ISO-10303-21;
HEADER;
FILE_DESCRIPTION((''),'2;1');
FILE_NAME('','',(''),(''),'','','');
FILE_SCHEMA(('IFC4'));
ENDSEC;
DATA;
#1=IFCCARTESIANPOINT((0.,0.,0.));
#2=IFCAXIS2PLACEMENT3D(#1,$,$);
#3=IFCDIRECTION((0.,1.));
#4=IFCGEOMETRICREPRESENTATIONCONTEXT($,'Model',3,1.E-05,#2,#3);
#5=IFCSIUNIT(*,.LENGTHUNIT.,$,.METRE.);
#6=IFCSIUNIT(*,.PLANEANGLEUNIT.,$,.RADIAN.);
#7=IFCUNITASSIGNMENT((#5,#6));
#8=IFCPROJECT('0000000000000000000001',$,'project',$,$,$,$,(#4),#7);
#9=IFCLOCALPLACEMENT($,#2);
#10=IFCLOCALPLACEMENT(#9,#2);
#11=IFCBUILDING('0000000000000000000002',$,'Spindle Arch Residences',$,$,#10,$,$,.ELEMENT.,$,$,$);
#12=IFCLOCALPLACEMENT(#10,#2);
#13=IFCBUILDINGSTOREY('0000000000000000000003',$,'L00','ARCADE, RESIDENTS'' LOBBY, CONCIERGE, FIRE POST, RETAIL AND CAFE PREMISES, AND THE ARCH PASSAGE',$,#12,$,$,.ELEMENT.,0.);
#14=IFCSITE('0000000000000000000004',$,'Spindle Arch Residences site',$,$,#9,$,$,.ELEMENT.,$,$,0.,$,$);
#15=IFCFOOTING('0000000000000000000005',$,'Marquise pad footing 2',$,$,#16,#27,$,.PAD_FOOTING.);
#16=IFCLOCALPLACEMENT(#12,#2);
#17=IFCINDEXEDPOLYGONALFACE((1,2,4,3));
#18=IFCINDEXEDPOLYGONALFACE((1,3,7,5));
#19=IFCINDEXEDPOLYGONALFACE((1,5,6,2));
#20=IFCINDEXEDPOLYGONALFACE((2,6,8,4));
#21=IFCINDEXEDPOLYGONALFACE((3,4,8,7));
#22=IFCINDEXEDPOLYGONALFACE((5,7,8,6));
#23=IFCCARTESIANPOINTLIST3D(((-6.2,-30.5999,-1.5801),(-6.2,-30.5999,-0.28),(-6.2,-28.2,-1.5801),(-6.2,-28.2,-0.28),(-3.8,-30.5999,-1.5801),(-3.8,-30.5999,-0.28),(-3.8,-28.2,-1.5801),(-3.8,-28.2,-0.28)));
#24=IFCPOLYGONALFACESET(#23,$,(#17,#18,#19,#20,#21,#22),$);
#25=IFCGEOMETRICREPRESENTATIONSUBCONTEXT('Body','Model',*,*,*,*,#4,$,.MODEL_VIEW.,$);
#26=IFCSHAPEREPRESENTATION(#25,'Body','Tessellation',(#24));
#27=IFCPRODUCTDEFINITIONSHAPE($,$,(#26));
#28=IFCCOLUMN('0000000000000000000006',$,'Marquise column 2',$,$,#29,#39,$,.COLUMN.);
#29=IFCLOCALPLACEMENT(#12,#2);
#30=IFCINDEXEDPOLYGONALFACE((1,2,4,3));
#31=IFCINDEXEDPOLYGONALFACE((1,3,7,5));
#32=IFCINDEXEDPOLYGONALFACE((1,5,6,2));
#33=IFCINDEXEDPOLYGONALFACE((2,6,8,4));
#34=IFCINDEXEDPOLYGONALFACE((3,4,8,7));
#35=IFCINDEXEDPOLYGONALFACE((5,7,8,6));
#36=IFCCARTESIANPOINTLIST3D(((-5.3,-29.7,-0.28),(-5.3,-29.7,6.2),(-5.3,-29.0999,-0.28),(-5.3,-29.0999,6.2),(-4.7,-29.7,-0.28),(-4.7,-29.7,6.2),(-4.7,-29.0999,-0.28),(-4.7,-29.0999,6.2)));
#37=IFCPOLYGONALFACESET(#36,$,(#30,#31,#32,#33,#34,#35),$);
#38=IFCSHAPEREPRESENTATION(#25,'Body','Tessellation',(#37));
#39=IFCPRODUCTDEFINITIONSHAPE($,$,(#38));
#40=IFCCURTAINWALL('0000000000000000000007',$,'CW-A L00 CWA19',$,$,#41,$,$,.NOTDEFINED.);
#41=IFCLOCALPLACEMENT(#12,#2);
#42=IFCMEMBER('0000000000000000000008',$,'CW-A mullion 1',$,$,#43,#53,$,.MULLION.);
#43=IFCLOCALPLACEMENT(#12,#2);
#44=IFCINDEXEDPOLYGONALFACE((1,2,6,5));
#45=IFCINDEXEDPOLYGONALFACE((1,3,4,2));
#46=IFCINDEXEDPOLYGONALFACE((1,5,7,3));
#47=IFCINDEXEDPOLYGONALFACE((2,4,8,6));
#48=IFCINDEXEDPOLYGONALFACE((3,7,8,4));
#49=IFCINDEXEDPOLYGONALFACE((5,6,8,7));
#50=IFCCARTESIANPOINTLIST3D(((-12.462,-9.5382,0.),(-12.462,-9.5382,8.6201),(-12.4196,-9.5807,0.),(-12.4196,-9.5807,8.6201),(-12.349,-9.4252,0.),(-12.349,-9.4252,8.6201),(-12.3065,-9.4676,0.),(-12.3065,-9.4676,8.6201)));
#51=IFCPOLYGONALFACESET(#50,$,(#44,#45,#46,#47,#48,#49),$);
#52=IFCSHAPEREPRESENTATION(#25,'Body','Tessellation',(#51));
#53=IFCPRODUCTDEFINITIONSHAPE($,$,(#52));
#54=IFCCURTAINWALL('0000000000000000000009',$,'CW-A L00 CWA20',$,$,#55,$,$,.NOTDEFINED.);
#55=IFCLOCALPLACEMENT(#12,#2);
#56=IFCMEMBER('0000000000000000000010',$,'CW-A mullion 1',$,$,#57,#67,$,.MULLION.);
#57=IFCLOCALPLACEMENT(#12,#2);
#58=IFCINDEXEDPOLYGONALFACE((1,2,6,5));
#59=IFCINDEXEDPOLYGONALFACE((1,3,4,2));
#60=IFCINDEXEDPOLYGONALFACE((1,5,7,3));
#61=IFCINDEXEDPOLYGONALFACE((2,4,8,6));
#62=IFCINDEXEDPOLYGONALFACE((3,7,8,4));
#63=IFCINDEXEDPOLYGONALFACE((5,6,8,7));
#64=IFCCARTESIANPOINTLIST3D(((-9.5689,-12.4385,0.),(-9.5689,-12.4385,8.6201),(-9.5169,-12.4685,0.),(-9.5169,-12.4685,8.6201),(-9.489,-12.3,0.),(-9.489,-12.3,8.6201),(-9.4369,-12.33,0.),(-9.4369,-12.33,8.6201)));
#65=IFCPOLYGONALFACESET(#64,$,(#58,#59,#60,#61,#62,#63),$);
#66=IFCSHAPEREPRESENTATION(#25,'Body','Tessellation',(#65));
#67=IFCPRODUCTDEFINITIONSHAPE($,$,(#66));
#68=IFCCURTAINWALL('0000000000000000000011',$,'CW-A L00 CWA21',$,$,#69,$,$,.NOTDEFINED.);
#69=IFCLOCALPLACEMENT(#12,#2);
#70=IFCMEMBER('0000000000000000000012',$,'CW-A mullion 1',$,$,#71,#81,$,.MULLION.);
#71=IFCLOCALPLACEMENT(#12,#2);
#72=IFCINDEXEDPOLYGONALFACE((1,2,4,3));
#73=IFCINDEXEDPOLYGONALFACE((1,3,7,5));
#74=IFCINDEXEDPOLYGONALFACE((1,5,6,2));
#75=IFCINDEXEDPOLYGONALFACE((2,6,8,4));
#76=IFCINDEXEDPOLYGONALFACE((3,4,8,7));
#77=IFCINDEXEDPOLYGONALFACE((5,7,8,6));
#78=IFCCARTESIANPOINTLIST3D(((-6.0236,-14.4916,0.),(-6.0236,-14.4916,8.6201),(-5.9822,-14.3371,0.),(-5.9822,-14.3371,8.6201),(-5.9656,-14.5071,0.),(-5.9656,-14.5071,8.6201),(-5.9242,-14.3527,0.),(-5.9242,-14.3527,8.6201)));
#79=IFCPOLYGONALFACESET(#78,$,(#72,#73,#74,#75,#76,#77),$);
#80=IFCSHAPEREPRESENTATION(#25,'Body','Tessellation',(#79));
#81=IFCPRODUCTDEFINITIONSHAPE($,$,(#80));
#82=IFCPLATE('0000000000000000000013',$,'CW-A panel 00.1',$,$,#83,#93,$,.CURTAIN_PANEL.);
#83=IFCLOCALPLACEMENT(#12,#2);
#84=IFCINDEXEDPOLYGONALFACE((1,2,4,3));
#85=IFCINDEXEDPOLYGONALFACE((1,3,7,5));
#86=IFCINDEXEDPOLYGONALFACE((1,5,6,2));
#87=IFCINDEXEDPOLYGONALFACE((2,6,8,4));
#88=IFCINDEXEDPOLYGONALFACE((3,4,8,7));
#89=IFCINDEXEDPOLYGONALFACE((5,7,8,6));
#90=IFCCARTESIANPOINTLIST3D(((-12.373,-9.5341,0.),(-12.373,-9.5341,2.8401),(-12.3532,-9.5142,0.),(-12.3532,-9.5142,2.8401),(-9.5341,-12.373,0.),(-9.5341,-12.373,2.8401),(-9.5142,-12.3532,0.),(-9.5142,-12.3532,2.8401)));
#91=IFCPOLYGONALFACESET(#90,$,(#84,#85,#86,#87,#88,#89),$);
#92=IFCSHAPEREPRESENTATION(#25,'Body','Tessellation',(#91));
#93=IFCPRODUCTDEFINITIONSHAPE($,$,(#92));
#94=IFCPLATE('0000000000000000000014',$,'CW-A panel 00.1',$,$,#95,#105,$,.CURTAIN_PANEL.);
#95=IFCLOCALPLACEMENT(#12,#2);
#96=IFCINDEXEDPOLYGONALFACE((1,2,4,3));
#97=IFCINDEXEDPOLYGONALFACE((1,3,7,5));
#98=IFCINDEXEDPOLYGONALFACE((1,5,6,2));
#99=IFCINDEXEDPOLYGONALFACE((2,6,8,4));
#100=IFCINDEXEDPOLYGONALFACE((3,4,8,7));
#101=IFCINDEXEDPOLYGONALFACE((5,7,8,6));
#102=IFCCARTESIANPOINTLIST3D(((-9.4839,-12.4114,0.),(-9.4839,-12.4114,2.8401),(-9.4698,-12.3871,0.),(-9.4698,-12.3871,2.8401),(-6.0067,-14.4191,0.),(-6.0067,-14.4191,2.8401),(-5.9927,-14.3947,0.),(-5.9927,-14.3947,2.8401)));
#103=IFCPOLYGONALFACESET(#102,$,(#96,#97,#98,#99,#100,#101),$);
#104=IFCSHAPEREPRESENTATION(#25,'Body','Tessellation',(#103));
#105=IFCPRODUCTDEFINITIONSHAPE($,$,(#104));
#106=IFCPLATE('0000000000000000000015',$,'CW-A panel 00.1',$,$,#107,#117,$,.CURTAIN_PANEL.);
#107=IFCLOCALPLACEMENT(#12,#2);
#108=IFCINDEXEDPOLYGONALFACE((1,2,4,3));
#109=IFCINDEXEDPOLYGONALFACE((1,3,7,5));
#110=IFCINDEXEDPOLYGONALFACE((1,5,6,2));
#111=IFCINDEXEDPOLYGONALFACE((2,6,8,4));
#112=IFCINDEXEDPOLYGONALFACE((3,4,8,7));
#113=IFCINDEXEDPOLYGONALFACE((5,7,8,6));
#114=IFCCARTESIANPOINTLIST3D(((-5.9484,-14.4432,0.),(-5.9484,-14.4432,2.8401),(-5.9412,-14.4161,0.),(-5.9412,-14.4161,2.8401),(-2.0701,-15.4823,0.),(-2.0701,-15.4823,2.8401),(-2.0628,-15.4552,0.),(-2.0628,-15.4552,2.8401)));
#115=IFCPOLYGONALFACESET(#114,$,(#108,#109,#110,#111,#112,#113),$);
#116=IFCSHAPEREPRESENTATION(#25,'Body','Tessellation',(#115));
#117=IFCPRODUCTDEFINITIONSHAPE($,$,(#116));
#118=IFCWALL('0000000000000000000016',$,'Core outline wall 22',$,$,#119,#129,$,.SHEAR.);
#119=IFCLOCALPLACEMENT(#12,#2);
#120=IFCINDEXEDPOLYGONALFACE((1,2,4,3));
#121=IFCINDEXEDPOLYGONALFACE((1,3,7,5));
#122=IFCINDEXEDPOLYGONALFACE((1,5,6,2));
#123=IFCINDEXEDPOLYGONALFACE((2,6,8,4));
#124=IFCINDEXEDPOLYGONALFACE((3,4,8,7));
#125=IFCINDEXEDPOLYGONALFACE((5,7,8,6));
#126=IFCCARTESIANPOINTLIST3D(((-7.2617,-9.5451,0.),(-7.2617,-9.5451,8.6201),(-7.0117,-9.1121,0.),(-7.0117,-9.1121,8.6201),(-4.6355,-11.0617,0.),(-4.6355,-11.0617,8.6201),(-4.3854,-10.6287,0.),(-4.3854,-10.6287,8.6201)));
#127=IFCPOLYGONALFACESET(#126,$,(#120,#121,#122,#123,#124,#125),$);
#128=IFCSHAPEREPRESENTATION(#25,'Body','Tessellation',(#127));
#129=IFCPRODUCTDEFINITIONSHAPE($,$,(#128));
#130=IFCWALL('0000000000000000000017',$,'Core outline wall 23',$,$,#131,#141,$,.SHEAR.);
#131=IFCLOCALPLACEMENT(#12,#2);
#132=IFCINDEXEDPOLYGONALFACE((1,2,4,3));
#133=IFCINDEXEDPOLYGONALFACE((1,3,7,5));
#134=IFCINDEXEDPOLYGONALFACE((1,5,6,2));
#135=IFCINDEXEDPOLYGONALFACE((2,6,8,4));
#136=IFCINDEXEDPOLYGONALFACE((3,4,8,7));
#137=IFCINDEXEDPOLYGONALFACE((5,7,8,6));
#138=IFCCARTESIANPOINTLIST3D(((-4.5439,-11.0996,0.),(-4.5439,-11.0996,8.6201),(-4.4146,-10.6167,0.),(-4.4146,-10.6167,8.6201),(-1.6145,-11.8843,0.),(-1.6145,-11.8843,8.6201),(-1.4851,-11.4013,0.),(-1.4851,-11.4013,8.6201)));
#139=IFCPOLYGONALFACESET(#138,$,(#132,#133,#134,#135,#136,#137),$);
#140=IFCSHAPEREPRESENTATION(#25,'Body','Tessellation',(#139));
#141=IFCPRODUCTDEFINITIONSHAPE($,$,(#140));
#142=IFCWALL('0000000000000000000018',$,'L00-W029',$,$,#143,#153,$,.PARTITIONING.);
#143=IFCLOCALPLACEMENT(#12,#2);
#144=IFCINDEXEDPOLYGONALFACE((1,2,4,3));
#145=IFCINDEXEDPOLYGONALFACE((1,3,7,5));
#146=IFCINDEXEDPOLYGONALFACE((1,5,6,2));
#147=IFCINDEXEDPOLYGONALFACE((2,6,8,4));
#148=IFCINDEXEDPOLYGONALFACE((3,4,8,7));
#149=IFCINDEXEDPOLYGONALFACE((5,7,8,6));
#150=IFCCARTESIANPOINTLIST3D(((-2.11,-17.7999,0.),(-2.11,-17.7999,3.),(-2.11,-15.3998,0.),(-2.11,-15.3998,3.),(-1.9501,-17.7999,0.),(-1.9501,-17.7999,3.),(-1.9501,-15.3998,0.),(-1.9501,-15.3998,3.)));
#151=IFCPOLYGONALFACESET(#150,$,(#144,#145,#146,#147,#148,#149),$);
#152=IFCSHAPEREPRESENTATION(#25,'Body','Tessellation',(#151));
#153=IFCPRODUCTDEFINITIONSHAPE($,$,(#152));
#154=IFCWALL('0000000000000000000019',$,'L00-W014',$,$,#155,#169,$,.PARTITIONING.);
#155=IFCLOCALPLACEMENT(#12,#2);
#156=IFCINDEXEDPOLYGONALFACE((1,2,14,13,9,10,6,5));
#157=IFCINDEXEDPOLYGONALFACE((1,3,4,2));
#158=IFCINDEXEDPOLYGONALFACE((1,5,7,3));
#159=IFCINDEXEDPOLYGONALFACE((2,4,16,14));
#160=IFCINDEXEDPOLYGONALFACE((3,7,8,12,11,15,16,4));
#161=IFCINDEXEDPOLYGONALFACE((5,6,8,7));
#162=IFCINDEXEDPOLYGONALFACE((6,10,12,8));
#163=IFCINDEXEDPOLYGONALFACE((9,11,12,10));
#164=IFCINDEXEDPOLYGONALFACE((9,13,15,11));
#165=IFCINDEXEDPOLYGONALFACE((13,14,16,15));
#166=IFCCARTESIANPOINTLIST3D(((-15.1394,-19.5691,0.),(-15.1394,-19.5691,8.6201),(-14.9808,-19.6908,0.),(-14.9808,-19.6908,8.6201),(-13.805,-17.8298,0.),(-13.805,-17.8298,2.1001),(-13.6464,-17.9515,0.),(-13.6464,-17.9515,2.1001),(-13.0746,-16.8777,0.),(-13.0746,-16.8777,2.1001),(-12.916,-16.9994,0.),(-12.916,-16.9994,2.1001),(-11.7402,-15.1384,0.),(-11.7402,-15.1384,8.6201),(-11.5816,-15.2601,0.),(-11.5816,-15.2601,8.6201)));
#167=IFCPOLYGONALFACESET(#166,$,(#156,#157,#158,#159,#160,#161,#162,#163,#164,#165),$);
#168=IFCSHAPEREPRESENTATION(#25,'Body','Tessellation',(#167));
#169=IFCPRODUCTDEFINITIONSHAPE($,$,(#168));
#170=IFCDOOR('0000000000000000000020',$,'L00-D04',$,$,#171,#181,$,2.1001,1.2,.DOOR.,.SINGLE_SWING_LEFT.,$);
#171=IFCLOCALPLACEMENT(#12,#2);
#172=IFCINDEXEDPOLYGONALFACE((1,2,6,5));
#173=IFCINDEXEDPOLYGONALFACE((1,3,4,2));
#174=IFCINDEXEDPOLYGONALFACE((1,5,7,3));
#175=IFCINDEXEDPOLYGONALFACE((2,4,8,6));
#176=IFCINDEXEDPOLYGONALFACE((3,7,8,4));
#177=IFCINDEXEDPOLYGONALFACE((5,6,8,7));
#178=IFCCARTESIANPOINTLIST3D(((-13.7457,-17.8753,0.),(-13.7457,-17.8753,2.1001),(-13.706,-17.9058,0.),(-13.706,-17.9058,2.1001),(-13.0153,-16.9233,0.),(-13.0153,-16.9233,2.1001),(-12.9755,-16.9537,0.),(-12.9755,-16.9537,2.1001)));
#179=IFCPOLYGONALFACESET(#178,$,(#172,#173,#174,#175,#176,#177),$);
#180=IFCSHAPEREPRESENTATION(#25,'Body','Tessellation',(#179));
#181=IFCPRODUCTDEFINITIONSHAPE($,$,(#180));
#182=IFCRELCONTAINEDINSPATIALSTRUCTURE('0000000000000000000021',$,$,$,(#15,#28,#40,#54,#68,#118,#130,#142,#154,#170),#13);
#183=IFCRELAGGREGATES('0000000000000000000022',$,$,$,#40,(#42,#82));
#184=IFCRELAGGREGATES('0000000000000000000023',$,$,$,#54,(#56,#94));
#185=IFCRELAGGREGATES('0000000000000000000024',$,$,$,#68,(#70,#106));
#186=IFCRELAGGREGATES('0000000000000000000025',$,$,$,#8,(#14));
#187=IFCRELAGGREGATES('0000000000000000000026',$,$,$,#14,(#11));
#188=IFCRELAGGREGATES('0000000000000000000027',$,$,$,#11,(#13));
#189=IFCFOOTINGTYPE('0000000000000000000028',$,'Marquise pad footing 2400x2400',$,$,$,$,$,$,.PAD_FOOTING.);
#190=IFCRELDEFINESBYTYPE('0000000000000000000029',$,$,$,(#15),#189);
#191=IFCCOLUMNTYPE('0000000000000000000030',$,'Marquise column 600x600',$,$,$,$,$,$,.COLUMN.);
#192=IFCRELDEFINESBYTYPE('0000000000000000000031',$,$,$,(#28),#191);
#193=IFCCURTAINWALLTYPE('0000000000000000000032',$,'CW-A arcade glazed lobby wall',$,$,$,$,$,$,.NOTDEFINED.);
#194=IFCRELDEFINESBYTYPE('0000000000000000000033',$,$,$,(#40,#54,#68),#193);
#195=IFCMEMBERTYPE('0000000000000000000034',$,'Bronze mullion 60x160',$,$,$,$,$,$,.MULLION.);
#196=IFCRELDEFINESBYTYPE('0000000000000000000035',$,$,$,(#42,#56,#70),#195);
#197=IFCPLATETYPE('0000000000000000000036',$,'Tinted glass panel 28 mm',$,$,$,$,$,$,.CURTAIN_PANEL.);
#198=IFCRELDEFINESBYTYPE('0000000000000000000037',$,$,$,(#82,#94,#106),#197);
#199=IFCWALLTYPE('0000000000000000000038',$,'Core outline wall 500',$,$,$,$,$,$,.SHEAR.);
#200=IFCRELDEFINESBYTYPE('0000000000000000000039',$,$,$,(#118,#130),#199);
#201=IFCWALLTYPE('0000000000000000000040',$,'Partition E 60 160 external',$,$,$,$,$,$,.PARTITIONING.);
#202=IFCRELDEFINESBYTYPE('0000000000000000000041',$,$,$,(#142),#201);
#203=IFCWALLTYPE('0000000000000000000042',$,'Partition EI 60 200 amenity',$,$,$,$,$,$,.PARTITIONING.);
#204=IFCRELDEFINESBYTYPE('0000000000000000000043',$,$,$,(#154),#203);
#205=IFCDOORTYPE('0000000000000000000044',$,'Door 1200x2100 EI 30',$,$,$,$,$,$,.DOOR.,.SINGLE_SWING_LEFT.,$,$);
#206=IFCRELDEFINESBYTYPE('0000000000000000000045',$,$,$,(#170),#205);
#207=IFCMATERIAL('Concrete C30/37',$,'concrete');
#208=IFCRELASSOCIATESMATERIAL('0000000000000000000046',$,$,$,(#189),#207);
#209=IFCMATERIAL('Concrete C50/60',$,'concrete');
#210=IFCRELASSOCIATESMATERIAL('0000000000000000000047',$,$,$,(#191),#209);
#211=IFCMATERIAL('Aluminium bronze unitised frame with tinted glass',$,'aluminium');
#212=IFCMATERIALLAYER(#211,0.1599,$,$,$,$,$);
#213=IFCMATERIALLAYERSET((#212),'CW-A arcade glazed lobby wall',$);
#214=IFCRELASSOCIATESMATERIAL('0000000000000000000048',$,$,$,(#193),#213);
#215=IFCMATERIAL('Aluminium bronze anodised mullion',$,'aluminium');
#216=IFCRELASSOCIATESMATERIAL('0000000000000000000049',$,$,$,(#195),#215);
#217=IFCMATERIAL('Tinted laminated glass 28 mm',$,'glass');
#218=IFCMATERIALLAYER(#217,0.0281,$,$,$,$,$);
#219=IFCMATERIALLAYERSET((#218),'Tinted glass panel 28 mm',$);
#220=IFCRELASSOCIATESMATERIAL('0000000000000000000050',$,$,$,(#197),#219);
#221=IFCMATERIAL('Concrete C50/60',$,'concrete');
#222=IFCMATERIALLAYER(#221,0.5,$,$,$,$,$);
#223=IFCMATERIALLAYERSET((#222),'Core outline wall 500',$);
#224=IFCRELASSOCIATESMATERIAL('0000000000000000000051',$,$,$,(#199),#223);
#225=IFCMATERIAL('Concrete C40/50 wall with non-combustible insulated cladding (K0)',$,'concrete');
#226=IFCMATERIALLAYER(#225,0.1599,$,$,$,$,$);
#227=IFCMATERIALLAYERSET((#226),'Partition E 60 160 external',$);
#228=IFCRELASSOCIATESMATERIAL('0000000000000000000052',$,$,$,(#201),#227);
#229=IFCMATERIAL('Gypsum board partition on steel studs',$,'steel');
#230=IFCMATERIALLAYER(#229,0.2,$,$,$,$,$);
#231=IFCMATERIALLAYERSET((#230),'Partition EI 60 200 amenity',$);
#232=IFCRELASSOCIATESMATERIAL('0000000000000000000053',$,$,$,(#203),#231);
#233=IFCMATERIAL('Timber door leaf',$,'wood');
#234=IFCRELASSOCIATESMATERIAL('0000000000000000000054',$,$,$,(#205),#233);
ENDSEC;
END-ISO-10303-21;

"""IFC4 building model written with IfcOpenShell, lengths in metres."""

from ifc_helpers import new_model, si_unit, direction, frame, frame_2d, origin, origin_2d, place, context, subcontext, project, spatial, rectangle, extrude, material, layer, layer_set, material_profile, profile_set, type_object, element, fill, aggregate, save


model = new_model("IFC4")

# Units and contexts
model_context = context("Model", 3, precision=1e-05, world=origin(), true_north=direction((0.0, 1.0)))
body_context = subcontext(model_context, "Body", "Model", "MODEL_VIEW")
ifc_project = project(units=[si_unit("LENGTHUNIT", "METRE"), si_unit("PLANEANGLEUNIT", "RADIAN")], contexts=[model_context])

# Site, building, storey
site_placement = place(None, origin())
site = spatial("IfcSite", under=ifc_project, at=site_placement, Name="Spindle Arch Residences site", CompositionType="ELEMENT", RefElevation=0.0)
building_placement = place(site_placement, origin())
building = spatial("IfcBuilding", under=site, at=building_placement, Name="Spindle Arch Residences", CompositionType="ELEMENT")
storey_placement = place(building_placement, origin())
storey = spatial("IfcBuildingStorey", under=building, at=storey_placement, Name="L00", Description="ARCADE, RESIDENTS' LOBBY, CONCIERGE, FIRE POST, RETAIL AND CAFE PREMISES, AND THE ARCH PASSAGE", CompositionType="ELEMENT", Elevation=0.0)

# Footing
ifc_material_1 = material(Name="Concrete C30/37", Category="concrete")
footing_type = type_object("IfcFootingType", Name="Marquise pad footing 2400x2400", PredefinedType="PAD_FOOTING", material=ifc_material_1)
footing_placement = place(storey_placement, frame((-5.0, -29.3999, -1.5801), z_axis=(0.0, 0.0, 1.0), x_axis=(1.0, 0.0, 0.0)))
element("IfcFooting", 1, at=footing_placement, inside=storey, type_object=footing_type, Name="Marquise pad footing 2", PredefinedType="PAD_FOOTING", context=body_context, shape_type="SweptSolid", body=[
    extrude(rectangle(XDim=2.3999, YDim=2.3999, at=origin_2d()), origin(), (0.0, 0.0, 1.0), 1.3),
])

# Column
ifc_material_2 = material(Name="Concrete C50/60", Category="concrete")
ifc_material_profile_1 = material_profile(ifc_material_2, rectangle(XDim=0.6001, YDim=0.6001, at=origin_2d()), Name="RC 600x600")
ifc_profile_set_1 = profile_set([ifc_material_profile_1], Name="Concrete C50/60")
column_type = type_object("IfcColumnType", Name="Marquise column 600x600", PredefinedType="COLUMN", material=ifc_profile_set_1)
column_placement = place(storey_placement, frame((-5.0, -29.3999, -0.28), z_axis=(0.0, 0.0, 1.0), x_axis=(1.0, 0.0, 0.0)))
element("IfcColumn", 2, at=column_placement, inside=storey, type_object=column_type, Name="Marquise column 2", PredefinedType="COLUMN", context=body_context, shape_type="SweptSolid", body=[
    extrude(rectangle(XDim=0.6001, YDim=0.6001, at=origin_2d()), origin(), (0.0, 0.0, 1.0), 6.48),
])

# Curtain walls, members
ifc_material_3 = material(Name="Aluminium bronze unitised frame with tinted glass", Category="aluminium")
ifc_layer_1 = layer(ifc_material_3, 0.1599)
ifc_layer_set_1 = layer_set([ifc_layer_1], Name="CW-A arcade glazed lobby wall")
curtain_wall_type = type_object("IfcCurtainWallType", Name="CW-A arcade glazed lobby wall", PredefinedType="NOTDEFINED", material=ifc_layer_set_1)
curtain_wall_1_placement = place(storey_placement, origin())
curtain_wall_1 = element("IfcCurtainWall", 3, at=curtain_wall_1_placement, inside=storey, type_object=curtain_wall_type, Name="CW-A L00 CWA19", PredefinedType="NOTDEFINED")
ifc_material_4 = material(Name="Aluminium bronze anodised mullion", Category="aluminium")
ifc_material_profile_2 = material_profile(ifc_material_4, rectangle(XDim=0.1599, YDim=0.0601, at=origin_2d()), Name="MU 60x160")
ifc_profile_set_2 = profile_set([ifc_material_profile_2], Name="Aluminium bronze anodised mullion")
member_type = type_object("IfcMemberType", Name="Bronze mullion 60x160", PredefinedType="MULLION", material=ifc_profile_set_2)
member_1_placement = place(storey_placement, frame((-12.3843, -9.5029, 0.0), z_axis=(0.0, 0.0, 1.0), x_axis=(0.707107, 0.707107, 0.0)))
member_1 = element("IfcMember", 4, at=member_1_placement, type_object=member_type, Name="CW-A mullion 1", PredefinedType="MULLION", context=body_context, shape_type="SweptSolid", body=[
    extrude(rectangle(XDim=0.1599, YDim=0.0601, at=origin_2d()), origin(), (0.0, 0.0, 1.0), 8.6201),
])
curtain_wall_2_placement = place(storey_placement, origin())
curtain_wall_2 = element("IfcCurtainWall", 5, at=curtain_wall_2_placement, inside=storey, type_object=curtain_wall_type, Name="CW-A L00 CWA20", PredefinedType="NOTDEFINED")
member_2_placement = place(storey_placement, frame((-9.5029, -12.3843, 0.0), z_axis=(0.0, 0.0, 1.0), x_axis=(0.500023, 0.866012, 0.0)))
member_2 = element("IfcMember", 6, at=member_2_placement, type_object=member_type, Name="CW-A mullion 1", PredefinedType="MULLION", context=body_context, shape_type="SweptSolid", body=[
    extrude(rectangle(XDim=0.1599, YDim=0.0601, at=origin_2d()), origin(), (0.0, 0.0, 1.0), 8.6201),
])
curtain_wall_3_placement = place(storey_placement, origin())
curtain_wall_3 = element("IfcCurtainWall", 7, at=curtain_wall_3_placement, inside=storey, type_object=curtain_wall_type, Name="CW-A L00 CWA21", PredefinedType="NOTDEFINED")
member_3_placement = place(storey_placement, frame((-5.9739, -14.4221, 0.0), z_axis=(0.0, 0.0, 1.0), x_axis=(0.258786, 0.965935, 0.0)))
member_3 = element("IfcMember", 8, at=member_3_placement, type_object=member_type, Name="CW-A mullion 1", PredefinedType="MULLION", context=body_context, shape_type="SweptSolid", body=[
    extrude(rectangle(XDim=0.1599, YDim=0.0601, at=origin_2d()), origin(), (0.0, 0.0, 1.0), 8.6201),
])

# Plates
ifc_material_5 = material(Name="Tinted laminated glass 28 mm", Category="glass")
ifc_layer_2 = layer(ifc_material_5, 0.0281)
ifc_layer_set_2 = layer_set([ifc_layer_2], Name="Tinted glass panel 28 mm")
plate_type = type_object("IfcPlateType", Name="Tinted glass panel 28 mm", PredefinedType="CURTAIN_PANEL", material=ifc_layer_set_2)
plate_1_placement = place(storey_placement, frame((-10.9436, -10.9436, 0.0), z_axis=(0.0, 0.0, 1.0), x_axis=(0.707107, -0.707107, 0.0)))
plate_1 = element("IfcPlate", 9, at=plate_1_placement, type_object=plate_type, Name="CW-A panel 00.1", PredefinedType="CURTAIN_PANEL", context=body_context, shape_type="SweptSolid", body=[
    extrude(rectangle(XDim=4.0149, YDim=0.0281, at=origin_2d()), origin(), (0.0, 0.0, 1.0), 2.8401),
])
aggregate(curtain_wall_1, [member_1, plate_1])
plate_2_placement = place(storey_placement, frame((-7.7383, -13.4031, 0.0), z_axis=(0.0, 0.0, 1.0), x_axis=(0.866012, -0.500023, 0.0)))
plate_2 = element("IfcPlate", 10, at=plate_2_placement, type_object=plate_type, Name="CW-A panel 00.1", PredefinedType="CURTAIN_PANEL", context=body_context, shape_type="SweptSolid", body=[
    extrude(rectangle(XDim=4.0151, YDim=0.0281, at=origin_2d()), origin(), (0.0, 0.0, 1.0), 2.8401),
])
aggregate(curtain_wall_2, [member_2, plate_2])
plate_3_placement = place(storey_placement, frame((-4.0056, -14.9492, 0.0), z_axis=(0.0, 0.0, 1.0), x_axis=(0.965935, -0.258786, 0.0)))
plate_3 = element("IfcPlate", 11, at=plate_3_placement, type_object=plate_type, Name="CW-A panel 00.1", PredefinedType="CURTAIN_PANEL", context=body_context, shape_type="SweptSolid", body=[
    extrude(rectangle(XDim=4.0151, YDim=0.0281, at=origin_2d()), origin(), (0.0, 0.0, 1.0), 2.8401),
])
aggregate(curtain_wall_3, [member_3, plate_3])

# Walls
ifc_material_6 = material(Name="Concrete C50/60", Category="concrete")
ifc_layer_3 = layer(ifc_material_6, 0.5)
ifc_layer_set_3 = layer_set([ifc_layer_3], Name="Core outline wall 500")
wall_type_1 = type_object("IfcWallType", Name="Core outline wall 500", PredefinedType="SHEAR", material=ifc_layer_set_3)
for number, where, z_axis, x_axis, name in (
    (12, (-7.1367, -9.3286, 0.0), (0.0, 0.0, 1.0), (0.865975, -0.500087, 0.0), "Core outline wall 22"),
    (13, (-4.4792, -10.8582, 0.0), (0.0, 0.0, 1.0), (0.965948, -0.258735, 0.0), "Core outline wall 23"),
):
    element("IfcWall", number, at=place(storey_placement, frame(where, z_axis=z_axis, x_axis=x_axis)), inside=storey, type_object=wall_type_1, Name=name, PredefinedType="SHEAR", context=body_context, shape_type="SweptSolid", body=[
        extrude(rectangle(XDim=3.0327, YDim=0.5, at=frame_2d((1.5164, 0.0))), origin(), (0.0, 0.0, 1.0), 8.6201),
    ])
ifc_material_7 = material(Name="Concrete C40/50 wall with non-combustible insulated cladding (K0)", Category="concrete")
ifc_layer_4 = layer(ifc_material_7, 0.1599)
ifc_layer_set_4 = layer_set([ifc_layer_4], Name="Partition E 60 160 external")
wall_type_2 = type_object("IfcWallType", Name="Partition E 60 160 external", PredefinedType="PARTITIONING", material=ifc_layer_set_4)
wall_1_placement = place(storey_placement, frame((-2.03, -17.8, 0.0), z_axis=(0.0, 0.0, 1.0), x_axis=(0.0, 1.0, 0.0)))
element("IfcWall", 14, at=wall_1_placement, inside=storey, type_object=wall_type_2, Name="L00-W029", PredefinedType="PARTITIONING", context=body_context, shape_type="SweptSolid", body=[
    extrude(rectangle(XDim=2.4001, YDim=0.1599, at=frame_2d((1.2002, 0.0))), origin(), (0.0, 0.0, 1.0), 3.0),
])

# Wall, opening, door
ifc_material_8 = material(Name="Gypsum board partition on steel studs", Category="steel")
ifc_layer_5 = layer(ifc_material_8, 0.2)
ifc_layer_set_5 = layer_set([ifc_layer_5], Name="Partition EI 60 200 amenity")
wall_type_3 = type_object("IfcWallType", Name="Partition EI 60 200 amenity", PredefinedType="PARTITIONING", material=ifc_layer_set_5)
wall_2_placement = place(storey_placement, frame((-11.6609, -15.1992, 0.0), z_axis=(0.0, 0.0, 1.0), x_axis=(-0.608694, -0.793405, 0.0)))
wall_2 = element("IfcWall", 15, at=wall_2_placement, inside=storey, type_object=wall_type_3, Name="L00-W014", PredefinedType="PARTITIONING", context=body_context, shape_type="SweptSolid", body=[
    extrude(rectangle(XDim=5.5845, YDim=0.2, at=frame_2d((2.7922, 0.0))), origin(), (0.0, 0.0, 1.0), 8.6201),
])
opening_1_placement = place(wall_2_placement, frame((2.1921, 0.0, 0.0)))
opening_1 = element("IfcOpeningElement", 16, at=opening_1_placement, cuts=wall_2, PredefinedType="OPENING", context=body_context, shape_type="SweptSolid", body=[
    extrude(rectangle(XDim=1.2, YDim=2.1001, at=frame_2d((0.6001, 1.05))), frame((0.0, 0.1099, 0.0), z_axis=(0.0, -1.0, 0.0), x_axis=(1.0, 0.0, 0.0)), (0.0, 0.0, 1.0), 0.22),
])
ifc_material_9 = material(Name="Timber door leaf", Category="wood")
door_type_1 = type_object("IfcDoorType", Name="Door 1200x2100 EI 30", OperationType="SINGLE_SWING_LEFT", PredefinedType="DOOR", material=ifc_material_9)
door_1_placement = place(opening_1_placement, origin())
door_1 = element("IfcDoor", 17, at=door_1_placement, inside=storey, type_object=door_type_1, Name="L00-D04", OperationType="SINGLE_SWING_LEFT", OverallHeight=2.1001, OverallWidth=1.2, PredefinedType="DOOR", context=body_context, shape_type="SweptSolid", body=[
    extrude(rectangle(XDim=1.2, YDim=2.1001, at=frame_2d((0.6001, 1.05))), frame((0.0, 0.0249, 0.0), z_axis=(0.0, -1.0, 0.0), x_axis=(1.0, 0.0, 0.0)), (0.0, 0.0, 1.0), 0.05),
])
fill(opening_1, door_1)

save(model, "model.ifc")
